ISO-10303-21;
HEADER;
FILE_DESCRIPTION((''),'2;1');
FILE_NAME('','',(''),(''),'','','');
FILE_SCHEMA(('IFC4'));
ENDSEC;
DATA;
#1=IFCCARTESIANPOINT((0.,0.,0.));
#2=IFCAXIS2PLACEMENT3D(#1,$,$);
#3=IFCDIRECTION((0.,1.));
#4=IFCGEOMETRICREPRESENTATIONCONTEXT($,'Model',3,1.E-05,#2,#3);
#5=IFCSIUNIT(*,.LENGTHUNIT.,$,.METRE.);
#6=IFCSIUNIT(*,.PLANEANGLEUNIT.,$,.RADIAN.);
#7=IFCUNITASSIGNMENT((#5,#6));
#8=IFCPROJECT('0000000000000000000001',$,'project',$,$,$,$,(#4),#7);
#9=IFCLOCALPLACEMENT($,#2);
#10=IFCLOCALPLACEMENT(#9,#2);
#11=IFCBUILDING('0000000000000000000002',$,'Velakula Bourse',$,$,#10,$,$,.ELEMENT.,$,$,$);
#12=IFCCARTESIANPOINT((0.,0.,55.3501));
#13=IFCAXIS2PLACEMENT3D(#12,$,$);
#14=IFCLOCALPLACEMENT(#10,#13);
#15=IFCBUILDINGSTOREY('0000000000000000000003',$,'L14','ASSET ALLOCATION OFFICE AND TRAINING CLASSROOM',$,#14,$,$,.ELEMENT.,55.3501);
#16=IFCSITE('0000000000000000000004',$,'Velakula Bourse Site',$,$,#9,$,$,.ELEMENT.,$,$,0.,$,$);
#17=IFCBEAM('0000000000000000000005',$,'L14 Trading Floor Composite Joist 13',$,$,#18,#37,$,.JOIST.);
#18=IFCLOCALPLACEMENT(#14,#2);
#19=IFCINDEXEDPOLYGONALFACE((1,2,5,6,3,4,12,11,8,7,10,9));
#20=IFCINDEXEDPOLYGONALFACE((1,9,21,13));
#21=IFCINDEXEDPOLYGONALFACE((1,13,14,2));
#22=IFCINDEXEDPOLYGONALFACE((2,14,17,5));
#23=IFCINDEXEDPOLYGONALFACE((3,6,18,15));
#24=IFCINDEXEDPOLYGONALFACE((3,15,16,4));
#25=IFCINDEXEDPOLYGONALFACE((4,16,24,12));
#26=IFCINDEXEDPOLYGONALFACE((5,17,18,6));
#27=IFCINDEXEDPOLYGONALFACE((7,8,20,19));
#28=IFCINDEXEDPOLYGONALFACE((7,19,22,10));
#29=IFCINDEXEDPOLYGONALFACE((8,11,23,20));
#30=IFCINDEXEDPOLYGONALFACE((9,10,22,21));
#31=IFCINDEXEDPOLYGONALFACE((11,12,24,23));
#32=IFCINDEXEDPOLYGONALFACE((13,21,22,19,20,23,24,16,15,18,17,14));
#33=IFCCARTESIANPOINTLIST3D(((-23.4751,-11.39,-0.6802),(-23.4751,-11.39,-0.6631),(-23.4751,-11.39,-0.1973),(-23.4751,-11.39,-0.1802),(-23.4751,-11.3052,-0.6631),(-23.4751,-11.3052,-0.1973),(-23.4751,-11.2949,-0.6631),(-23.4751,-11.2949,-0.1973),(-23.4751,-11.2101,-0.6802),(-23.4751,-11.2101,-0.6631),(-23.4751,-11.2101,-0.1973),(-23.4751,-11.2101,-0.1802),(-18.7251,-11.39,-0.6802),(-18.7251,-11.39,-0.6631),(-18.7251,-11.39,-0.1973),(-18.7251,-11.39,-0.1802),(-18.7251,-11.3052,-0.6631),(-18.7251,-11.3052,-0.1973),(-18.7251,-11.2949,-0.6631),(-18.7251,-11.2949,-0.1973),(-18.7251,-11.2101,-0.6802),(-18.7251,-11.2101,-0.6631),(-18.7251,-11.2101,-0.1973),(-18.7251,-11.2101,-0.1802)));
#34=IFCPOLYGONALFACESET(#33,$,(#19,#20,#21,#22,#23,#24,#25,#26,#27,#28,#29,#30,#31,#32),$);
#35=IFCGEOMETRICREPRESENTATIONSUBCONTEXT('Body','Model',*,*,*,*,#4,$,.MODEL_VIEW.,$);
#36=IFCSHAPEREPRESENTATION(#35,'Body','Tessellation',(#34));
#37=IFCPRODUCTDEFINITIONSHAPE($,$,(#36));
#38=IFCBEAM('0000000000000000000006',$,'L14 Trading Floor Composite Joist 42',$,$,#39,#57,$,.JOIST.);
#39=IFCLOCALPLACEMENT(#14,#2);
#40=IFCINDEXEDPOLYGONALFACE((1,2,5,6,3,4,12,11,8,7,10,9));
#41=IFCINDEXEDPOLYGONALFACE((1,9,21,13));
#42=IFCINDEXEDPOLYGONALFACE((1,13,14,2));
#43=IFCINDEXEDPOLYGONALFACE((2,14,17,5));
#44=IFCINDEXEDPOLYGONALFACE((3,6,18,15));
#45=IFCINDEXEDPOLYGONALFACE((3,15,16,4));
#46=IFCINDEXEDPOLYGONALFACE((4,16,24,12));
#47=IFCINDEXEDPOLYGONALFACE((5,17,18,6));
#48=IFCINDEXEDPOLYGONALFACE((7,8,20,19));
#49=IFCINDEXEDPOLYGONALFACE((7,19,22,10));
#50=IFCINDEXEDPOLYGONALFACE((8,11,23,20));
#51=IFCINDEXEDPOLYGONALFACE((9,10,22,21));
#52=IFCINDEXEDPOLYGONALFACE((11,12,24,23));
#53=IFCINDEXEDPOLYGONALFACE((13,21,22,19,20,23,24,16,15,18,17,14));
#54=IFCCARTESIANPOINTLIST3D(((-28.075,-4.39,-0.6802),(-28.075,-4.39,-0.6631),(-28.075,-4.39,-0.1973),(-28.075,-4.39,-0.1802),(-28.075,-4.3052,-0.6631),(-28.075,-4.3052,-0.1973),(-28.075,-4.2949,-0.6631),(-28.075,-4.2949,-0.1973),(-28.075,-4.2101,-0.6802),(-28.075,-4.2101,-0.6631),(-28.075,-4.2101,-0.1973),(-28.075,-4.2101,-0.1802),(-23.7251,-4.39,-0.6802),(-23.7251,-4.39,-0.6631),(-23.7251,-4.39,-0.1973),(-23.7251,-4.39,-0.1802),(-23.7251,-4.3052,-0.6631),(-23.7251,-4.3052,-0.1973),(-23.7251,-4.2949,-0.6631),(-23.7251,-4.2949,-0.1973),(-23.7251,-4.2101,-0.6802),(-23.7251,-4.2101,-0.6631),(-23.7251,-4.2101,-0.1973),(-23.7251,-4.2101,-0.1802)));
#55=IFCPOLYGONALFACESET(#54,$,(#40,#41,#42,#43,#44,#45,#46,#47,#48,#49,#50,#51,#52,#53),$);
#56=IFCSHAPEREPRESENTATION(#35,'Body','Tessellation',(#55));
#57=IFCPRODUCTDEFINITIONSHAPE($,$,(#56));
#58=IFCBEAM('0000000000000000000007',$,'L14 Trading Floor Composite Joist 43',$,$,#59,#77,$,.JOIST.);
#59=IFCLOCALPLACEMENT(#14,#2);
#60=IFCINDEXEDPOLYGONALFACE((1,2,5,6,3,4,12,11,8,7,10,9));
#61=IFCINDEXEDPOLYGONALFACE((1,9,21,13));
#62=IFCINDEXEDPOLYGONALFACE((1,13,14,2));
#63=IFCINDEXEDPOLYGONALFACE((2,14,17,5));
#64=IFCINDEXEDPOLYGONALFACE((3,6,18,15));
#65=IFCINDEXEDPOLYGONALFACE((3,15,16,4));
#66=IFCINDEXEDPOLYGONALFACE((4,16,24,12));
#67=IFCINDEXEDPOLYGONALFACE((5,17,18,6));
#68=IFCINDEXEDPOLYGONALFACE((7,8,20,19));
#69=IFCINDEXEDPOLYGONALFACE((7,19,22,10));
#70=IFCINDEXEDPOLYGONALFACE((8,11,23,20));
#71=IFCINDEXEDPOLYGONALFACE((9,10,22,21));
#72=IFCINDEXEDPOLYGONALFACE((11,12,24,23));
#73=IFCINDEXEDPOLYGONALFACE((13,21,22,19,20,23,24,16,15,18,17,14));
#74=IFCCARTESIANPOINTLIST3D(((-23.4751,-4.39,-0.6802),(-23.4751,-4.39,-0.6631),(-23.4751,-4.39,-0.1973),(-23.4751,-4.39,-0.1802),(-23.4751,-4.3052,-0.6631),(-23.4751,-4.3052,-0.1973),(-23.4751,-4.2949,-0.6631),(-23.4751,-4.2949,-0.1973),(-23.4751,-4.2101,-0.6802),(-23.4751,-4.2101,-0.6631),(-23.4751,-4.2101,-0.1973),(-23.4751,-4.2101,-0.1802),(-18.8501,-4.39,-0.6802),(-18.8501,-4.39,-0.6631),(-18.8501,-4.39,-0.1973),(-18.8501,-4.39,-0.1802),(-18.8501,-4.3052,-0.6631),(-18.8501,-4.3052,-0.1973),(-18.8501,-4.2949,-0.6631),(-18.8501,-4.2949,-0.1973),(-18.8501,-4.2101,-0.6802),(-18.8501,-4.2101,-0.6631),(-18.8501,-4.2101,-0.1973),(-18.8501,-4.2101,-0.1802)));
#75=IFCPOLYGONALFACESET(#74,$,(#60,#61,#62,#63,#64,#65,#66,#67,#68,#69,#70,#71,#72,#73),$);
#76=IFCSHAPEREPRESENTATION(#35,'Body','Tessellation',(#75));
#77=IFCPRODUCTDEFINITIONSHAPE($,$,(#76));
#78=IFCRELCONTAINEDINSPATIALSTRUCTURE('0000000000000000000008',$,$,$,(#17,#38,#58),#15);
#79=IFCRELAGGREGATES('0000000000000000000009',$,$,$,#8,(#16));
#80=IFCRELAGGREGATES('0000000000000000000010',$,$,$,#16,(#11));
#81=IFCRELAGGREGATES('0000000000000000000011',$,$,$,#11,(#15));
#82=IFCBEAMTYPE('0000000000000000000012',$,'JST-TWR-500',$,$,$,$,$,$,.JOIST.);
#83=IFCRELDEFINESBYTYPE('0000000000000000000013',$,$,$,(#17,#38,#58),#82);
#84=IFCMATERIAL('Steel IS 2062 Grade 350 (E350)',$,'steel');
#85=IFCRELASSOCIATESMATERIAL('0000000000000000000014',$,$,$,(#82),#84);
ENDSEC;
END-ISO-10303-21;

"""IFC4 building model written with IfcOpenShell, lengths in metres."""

from ifc_helpers import new_model, si_unit, direction, frame, origin, origin_2d, place, context, subcontext, project, spatial, i_section, extrude, material, material_profile, profile_set, type_object, element, save


model = new_model("IFC4")

# Units and contexts
model_context = context("Model", 3, precision=1e-05, world=origin(), true_north=direction((0.0, 1.0)))
body_context = subcontext(model_context, "Body", "Model", "MODEL_VIEW")
ifc_project = project(units=[si_unit("LENGTHUNIT", "METRE"), si_unit("PLANEANGLEUNIT", "RADIAN")], contexts=[model_context])

# Site, building, storey
site_placement = place(None, origin())
site = spatial("IfcSite", under=ifc_project, at=site_placement, Name="Velakula Bourse Site", CompositionType="ELEMENT", RefElevation=0.0)
building_placement = place(site_placement, origin())
building = spatial("IfcBuilding", under=site, at=building_placement, Name="Velakula Bourse", CompositionType="ELEMENT")
storey_placement = place(building_placement, frame((0.0, 0.0, 55.3501)))
storey = spatial("IfcBuildingStorey", under=building, at=storey_placement, Name="L14", Description="ASSET ALLOCATION OFFICE AND TRAINING CLASSROOM", CompositionType="ELEMENT", Elevation=55.3501)

# Beams
ifc_material_1 = material(Name="Steel IS 2062 Grade 350 (E350)", Category="steel")
ifc_material_profile_1 = material_profile(ifc_material_1, i_section(OverallWidth=0.1799, OverallDepth=0.5, WebThickness=0.0103, FlangeThickness=0.0171, at=origin_2d()), Name="Steel IS 2062 Grade 350 (E350)")
ifc_profile_set_1 = profile_set([ifc_material_profile_1], Name="Steel IS 2062 Grade 350 (E350)")
beam_type_1 = type_object("IfcBeamType", Name="JST-TWR-500", PredefinedType="JOIST", material=ifc_profile_set_1)
beam_1_placement = place(storey_placement, frame((-23.4751, -11.3, -0.4302), z_axis=(1.0, 0.0, 0.0), x_axis=(0.0, 1.0, 0.0)))
element("IfcBeam", 1, at=beam_1_placement, inside=storey, type_object=beam_type_1, Name="L14 Trading Floor Composite Joist 13", PredefinedType="JOIST", context=body_context, shape_type="SweptSolid", body=[
    extrude(i_section(OverallWidth=0.1799, OverallDepth=0.5, WebThickness=0.0103, FlangeThickness=0.0171, at=origin_2d()), origin(), (0.0, 0.0, 1.0), 4.75),
])
beam_2_placement = place(storey_placement, frame((-28.075, -4.3, -0.4302), z_axis=(1.0, 0.0, 0.0), x_axis=(0.0, 1.0, 0.0)))
element("IfcBeam", 2, at=beam_2_placement, inside=storey, type_object=beam_type_1, Name="L14 Trading Floor Composite Joist 42", PredefinedType="JOIST", context=body_context, shape_type="SweptSolid", body=[
    extrude(i_section(OverallWidth=0.1799, OverallDepth=0.5, WebThickness=0.0103, FlangeThickness=0.0171, at=origin_2d()), origin(), (0.0, 0.0, 1.0), 4.3499),
])
beam_3_placement = place(storey_placement, frame((-23.4751, -4.3, -0.4302), z_axis=(1.0, 0.0, 0.0), x_axis=(0.0, 1.0, 0.0)))
element("IfcBeam", 3, at=beam_3_placement, inside=storey, type_object=beam_type_1, Name="L14 Trading Floor Composite Joist 43", PredefinedType="JOIST", context=body_context, shape_type="SweptSolid", body=[
    extrude(i_section(OverallWidth=0.1799, OverallDepth=0.5, WebThickness=0.0103, FlangeThickness=0.0171, at=origin_2d()), origin(), (0.0, 0.0, 1.0), 4.625),
])

save(model, "model.ifc")
